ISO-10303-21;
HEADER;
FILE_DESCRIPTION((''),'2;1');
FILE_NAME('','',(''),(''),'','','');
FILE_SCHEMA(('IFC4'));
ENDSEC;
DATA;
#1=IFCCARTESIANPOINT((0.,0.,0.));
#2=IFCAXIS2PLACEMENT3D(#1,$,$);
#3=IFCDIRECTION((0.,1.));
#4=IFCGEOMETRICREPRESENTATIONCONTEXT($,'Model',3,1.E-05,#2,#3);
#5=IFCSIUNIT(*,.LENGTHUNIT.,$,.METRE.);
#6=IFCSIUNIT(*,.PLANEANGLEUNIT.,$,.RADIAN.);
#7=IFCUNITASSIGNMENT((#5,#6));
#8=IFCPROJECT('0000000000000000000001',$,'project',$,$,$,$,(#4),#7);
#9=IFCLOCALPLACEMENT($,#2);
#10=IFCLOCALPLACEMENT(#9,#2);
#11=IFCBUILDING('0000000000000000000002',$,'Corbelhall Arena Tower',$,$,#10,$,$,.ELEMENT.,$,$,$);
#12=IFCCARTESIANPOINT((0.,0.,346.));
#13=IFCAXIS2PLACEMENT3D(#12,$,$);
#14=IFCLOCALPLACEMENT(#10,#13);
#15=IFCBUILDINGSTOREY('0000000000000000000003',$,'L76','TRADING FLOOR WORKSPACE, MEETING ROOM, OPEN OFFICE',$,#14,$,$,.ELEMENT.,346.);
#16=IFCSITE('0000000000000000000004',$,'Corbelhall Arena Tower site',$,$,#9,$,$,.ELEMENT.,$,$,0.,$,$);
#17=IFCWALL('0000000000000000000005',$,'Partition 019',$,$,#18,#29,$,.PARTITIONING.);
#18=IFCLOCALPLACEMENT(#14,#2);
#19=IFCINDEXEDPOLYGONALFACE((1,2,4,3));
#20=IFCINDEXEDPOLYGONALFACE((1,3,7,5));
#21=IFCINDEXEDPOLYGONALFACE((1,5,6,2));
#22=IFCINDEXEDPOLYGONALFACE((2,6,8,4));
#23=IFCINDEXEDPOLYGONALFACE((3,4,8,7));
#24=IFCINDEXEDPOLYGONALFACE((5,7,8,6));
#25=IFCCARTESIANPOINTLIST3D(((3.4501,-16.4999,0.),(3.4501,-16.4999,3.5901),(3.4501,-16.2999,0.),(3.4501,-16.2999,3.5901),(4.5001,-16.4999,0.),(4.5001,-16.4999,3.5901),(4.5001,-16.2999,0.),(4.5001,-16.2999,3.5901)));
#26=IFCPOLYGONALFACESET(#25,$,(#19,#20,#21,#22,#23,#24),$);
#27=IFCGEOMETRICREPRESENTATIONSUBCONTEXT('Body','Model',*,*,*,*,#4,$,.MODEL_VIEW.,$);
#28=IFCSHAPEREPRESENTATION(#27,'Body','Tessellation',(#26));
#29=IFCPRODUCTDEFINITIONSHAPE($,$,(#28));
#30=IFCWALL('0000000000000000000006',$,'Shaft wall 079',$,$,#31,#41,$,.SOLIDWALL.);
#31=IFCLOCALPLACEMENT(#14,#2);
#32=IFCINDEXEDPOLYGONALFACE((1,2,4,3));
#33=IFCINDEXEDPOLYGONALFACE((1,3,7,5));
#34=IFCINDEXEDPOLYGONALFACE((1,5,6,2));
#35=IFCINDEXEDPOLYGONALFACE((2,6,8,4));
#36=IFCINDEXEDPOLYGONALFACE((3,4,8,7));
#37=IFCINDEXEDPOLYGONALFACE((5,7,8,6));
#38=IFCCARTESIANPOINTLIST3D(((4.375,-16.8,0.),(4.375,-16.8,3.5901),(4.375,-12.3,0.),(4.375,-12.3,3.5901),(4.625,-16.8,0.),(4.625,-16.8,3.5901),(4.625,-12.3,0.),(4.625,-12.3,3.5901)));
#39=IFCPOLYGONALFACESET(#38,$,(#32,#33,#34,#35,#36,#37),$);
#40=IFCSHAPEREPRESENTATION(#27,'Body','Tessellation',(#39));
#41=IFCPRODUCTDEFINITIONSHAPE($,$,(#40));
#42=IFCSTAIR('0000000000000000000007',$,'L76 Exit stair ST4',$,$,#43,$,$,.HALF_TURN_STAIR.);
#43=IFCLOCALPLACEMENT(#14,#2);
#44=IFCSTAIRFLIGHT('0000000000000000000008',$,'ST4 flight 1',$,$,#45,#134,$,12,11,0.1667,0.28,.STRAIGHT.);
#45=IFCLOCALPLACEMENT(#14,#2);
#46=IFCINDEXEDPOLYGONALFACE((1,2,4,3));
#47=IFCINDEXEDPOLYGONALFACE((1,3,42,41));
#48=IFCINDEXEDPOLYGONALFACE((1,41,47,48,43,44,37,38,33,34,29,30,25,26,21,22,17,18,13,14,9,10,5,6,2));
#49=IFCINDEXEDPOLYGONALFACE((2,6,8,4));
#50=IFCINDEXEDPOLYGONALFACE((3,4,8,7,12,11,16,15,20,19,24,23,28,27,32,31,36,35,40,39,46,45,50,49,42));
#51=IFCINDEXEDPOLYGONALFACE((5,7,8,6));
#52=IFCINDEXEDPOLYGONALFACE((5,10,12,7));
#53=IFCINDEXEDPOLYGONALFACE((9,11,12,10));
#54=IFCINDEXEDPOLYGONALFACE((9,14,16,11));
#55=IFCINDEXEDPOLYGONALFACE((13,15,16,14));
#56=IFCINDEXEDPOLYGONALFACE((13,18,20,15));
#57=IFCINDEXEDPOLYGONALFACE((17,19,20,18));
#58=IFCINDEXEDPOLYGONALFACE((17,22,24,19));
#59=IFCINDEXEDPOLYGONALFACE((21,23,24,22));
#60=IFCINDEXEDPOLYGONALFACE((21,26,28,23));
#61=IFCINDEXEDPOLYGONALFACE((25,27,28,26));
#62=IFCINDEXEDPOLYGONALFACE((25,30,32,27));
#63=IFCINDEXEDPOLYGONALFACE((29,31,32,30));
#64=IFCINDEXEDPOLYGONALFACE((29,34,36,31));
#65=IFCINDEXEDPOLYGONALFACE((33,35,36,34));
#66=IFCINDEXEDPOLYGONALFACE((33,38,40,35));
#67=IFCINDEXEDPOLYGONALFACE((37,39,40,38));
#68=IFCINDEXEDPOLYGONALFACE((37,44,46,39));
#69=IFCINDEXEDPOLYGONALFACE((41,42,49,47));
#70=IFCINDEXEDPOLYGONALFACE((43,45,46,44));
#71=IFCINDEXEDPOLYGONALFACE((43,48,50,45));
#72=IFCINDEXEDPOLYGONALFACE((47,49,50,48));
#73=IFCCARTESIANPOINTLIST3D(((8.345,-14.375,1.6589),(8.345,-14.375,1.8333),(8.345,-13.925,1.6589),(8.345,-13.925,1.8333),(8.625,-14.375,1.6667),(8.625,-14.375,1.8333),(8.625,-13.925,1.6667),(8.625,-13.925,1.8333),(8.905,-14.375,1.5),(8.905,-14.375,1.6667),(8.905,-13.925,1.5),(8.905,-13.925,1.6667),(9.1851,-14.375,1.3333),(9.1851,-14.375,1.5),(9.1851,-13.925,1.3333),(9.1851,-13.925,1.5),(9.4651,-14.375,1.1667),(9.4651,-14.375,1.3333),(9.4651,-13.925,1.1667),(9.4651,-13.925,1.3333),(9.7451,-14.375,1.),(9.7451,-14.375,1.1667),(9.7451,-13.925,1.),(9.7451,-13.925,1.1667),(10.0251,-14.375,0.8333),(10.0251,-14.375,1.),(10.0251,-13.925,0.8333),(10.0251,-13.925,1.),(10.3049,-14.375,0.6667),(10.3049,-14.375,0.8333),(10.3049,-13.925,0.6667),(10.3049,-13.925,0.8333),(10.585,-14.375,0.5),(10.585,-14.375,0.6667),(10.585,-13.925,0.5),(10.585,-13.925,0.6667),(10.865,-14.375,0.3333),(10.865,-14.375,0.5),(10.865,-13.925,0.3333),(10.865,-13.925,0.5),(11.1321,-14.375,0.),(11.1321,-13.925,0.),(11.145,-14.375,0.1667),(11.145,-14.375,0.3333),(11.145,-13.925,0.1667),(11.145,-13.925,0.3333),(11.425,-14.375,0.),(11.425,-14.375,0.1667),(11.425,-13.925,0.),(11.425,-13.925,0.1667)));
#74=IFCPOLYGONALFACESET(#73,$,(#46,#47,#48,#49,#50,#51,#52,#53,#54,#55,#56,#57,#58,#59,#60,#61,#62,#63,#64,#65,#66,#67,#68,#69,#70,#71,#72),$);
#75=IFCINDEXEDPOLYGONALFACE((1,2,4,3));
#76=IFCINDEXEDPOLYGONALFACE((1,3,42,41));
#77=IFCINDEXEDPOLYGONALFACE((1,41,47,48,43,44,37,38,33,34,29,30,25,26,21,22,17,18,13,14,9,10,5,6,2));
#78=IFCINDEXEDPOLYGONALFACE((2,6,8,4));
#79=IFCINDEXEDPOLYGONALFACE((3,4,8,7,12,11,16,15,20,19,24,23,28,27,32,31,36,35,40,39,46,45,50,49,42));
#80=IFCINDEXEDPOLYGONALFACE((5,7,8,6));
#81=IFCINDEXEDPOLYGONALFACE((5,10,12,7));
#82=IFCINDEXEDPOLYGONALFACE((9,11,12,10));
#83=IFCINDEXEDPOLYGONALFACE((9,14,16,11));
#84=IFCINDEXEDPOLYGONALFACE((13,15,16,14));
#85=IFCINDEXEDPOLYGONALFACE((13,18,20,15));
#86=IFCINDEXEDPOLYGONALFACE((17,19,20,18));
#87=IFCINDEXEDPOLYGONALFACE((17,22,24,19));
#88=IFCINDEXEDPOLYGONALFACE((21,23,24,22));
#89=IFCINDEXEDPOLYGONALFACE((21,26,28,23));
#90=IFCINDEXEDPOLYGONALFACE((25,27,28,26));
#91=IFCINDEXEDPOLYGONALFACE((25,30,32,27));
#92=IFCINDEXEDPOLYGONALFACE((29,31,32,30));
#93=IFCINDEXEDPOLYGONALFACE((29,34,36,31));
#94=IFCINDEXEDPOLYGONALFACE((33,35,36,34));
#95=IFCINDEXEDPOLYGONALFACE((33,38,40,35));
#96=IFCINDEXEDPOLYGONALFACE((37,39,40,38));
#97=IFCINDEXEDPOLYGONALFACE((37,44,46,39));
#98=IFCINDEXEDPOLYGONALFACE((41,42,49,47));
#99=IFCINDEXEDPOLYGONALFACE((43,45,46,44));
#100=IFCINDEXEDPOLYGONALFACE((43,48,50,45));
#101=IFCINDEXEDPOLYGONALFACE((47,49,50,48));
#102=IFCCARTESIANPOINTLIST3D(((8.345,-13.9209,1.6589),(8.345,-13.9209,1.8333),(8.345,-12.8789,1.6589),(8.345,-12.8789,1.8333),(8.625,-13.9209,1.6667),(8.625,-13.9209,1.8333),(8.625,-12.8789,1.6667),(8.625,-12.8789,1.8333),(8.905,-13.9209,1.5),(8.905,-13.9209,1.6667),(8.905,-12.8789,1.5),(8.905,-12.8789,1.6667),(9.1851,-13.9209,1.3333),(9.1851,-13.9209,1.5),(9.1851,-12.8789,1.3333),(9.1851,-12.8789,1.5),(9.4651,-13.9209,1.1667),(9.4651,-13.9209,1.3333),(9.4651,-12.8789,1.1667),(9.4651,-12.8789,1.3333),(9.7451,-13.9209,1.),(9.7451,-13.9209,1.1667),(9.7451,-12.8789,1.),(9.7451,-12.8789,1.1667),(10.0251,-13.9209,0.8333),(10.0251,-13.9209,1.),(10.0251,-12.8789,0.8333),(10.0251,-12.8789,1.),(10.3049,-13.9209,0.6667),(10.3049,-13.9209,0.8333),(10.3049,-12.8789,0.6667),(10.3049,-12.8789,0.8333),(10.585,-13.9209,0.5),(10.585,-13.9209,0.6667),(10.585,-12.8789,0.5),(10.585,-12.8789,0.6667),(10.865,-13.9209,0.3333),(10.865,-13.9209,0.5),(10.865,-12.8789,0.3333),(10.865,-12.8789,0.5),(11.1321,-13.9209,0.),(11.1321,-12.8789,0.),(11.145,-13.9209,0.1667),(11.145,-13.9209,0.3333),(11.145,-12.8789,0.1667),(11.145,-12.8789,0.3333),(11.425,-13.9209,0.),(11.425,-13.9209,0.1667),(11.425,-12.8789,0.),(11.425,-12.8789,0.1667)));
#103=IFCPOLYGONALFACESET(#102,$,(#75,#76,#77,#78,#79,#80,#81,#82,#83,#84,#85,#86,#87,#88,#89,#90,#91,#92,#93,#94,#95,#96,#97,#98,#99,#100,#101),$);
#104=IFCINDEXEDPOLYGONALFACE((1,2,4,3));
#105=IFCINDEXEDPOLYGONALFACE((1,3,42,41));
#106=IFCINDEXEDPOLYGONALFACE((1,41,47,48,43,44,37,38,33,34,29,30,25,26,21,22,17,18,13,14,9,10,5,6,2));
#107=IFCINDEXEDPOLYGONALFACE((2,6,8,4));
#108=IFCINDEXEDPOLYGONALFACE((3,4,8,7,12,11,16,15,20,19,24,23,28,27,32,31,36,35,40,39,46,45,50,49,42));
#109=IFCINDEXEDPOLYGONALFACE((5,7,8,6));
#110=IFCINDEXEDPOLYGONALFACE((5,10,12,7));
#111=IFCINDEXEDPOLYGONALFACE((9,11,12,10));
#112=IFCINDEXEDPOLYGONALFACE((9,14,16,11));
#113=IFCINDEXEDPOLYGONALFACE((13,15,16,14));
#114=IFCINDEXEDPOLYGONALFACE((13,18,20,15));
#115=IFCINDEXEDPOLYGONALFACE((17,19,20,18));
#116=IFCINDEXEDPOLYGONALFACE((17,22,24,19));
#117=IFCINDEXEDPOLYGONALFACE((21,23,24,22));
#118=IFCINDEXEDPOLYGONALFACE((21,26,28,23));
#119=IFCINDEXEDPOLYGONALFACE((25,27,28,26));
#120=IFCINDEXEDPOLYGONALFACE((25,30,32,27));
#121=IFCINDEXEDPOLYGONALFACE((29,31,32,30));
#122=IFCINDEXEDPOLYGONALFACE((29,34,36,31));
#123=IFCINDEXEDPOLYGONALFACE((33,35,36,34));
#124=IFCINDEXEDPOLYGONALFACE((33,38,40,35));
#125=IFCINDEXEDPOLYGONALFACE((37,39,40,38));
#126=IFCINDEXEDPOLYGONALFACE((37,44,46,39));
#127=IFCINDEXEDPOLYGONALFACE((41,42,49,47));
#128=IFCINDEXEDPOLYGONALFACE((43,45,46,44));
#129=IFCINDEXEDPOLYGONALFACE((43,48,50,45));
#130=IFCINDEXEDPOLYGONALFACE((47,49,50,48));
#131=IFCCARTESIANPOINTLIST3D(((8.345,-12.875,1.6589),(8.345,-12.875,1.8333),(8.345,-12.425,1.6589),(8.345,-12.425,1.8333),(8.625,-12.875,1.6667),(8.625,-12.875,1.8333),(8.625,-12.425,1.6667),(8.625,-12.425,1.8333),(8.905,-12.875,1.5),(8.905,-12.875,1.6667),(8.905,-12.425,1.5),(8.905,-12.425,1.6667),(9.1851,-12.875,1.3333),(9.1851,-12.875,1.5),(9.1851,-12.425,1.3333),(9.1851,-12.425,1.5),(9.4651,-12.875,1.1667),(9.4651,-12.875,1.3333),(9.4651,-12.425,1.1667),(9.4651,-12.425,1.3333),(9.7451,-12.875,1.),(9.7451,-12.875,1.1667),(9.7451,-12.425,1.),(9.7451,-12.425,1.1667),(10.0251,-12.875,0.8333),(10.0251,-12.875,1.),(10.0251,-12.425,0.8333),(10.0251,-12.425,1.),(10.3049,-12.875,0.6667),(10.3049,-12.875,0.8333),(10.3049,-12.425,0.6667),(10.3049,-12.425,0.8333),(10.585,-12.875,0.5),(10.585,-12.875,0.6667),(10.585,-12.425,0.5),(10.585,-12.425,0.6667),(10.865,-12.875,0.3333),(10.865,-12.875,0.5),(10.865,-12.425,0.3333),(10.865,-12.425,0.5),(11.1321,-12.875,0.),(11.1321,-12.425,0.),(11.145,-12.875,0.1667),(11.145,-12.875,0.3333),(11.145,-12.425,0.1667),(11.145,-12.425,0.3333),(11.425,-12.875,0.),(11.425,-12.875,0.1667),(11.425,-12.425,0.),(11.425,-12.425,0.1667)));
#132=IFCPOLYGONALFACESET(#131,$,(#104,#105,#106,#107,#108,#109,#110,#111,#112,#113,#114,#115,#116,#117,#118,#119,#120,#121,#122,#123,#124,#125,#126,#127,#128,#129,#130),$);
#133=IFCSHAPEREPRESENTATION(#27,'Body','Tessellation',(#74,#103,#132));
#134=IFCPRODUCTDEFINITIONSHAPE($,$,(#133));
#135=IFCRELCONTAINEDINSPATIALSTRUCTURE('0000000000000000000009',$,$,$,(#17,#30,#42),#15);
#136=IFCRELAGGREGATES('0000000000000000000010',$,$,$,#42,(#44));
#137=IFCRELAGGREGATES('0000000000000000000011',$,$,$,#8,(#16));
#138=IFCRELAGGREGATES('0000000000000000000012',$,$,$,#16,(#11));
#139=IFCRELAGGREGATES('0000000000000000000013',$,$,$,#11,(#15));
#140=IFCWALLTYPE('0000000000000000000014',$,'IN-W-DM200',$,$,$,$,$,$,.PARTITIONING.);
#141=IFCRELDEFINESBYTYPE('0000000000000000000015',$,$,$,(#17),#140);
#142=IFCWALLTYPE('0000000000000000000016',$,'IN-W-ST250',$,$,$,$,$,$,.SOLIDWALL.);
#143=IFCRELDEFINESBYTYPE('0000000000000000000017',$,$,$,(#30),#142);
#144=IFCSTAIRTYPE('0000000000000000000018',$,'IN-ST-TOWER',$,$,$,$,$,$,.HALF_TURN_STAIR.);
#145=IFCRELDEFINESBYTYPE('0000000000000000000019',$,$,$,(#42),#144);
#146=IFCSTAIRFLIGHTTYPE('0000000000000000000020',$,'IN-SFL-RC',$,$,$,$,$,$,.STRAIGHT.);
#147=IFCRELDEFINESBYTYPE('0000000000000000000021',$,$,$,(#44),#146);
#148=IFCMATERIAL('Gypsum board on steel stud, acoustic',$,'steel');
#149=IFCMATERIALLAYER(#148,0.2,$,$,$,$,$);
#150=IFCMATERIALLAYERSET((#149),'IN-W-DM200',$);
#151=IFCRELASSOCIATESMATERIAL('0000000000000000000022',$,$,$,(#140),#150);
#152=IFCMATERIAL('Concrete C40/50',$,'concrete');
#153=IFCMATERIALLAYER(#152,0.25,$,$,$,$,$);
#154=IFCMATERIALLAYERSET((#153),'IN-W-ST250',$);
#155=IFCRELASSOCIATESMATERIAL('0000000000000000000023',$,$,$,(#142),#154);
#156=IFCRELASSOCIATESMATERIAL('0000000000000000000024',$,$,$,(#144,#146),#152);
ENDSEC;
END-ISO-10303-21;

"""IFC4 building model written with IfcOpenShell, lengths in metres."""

from ifc_helpers import new_model, si_unit, direction, frame, frame_2d, origin, place, context, subcontext, project, spatial, polyline, rectangle, outline, extrude, material, layer, layer_set, type_object, element, aggregate, save


model = new_model("IFC4")

# Units and contexts
model_context = context("Model", 3, precision=1e-05, world=origin(), true_north=direction((0.0, 1.0)))
body_context = subcontext(model_context, "Body", "Model", "MODEL_VIEW")
ifc_project = project(units=[si_unit("LENGTHUNIT", "METRE"), si_unit("PLANEANGLEUNIT", "RADIAN")], contexts=[model_context])

# Site, building, storey
site_placement = place(None, origin())
site = spatial("IfcSite", under=ifc_project, at=site_placement, Name="Corbelhall Arena Tower site", CompositionType="ELEMENT", RefElevation=0.0)
building_placement = place(site_placement, origin())
building = spatial("IfcBuilding", under=site, at=building_placement, Name="Corbelhall Arena Tower", CompositionType="ELEMENT")
storey_placement = place(building_placement, frame((0.0, 0.0, 346.0)))
storey = spatial("IfcBuildingStorey", under=building, at=storey_placement, Name="L76", Description="TRADING FLOOR WORKSPACE, MEETING ROOM, OPEN OFFICE", CompositionType="ELEMENT", Elevation=346.0)

# Walls
ifc_material_1 = material(Name="Gypsum board on steel stud, acoustic", Category="steel")
ifc_layer_1 = layer(ifc_material_1, 0.2)
ifc_layer_set_1 = layer_set([ifc_layer_1], Name="IN-W-DM200")
wall_type_1 = type_object("IfcWallType", Name="IN-W-DM200", PredefinedType="PARTITIONING", material=ifc_layer_set_1)
wall_1_placement = place(storey_placement, frame((4.5, -16.3999, 0.0), z_axis=(0.0, 0.0, 1.0), x_axis=(-1.0, 0.0, 0.0)))
element("IfcWall", 1, at=wall_1_placement, inside=storey, type_object=wall_type_1, Name="Partition 019", PredefinedType="PARTITIONING", context=body_context, shape_type="SweptSolid", body=[
    extrude(rectangle(XDim=1.05, YDim=0.2, at=frame_2d((0.5249, 0.0))), origin(), (0.0, 0.0, 1.0), 3.5901),
])
ifc_material_2 = material(Name="Concrete C40/50", Category="concrete")
ifc_layer_2 = layer(ifc_material_2, 0.25)
ifc_layer_set_2 = layer_set([ifc_layer_2], Name="IN-W-ST250")
wall_type_2 = type_object("IfcWallType", Name="IN-W-ST250", PredefinedType="SOLIDWALL", material=ifc_layer_set_2)
wall_2_placement = place(storey_placement, frame((4.5, -16.8, 0.0), z_axis=(0.0, 0.0, 1.0), x_axis=(0.0, 1.0, 0.0)))
element("IfcWall", 2, at=wall_2_placement, inside=storey, type_object=wall_type_2, Name="Shaft wall 079", PredefinedType="SOLIDWALL", context=body_context, shape_type="SweptSolid", body=[
    extrude(rectangle(XDim=4.5, YDim=0.25, at=frame_2d((2.25, 0.0))), origin(), (0.0, 0.0, 1.0), 3.5901),
])

# Stair, stair flight
stair_type = type_object("IfcStairType", Name="IN-ST-TOWER", PredefinedType="HALF_TURN_STAIR", material=ifc_material_2)
stair_placement = place(storey_placement, origin())
stair = element("IfcStair", 3, at=stair_placement, inside=storey, type_object=stair_type, Name="L76 Exit stair ST4", PredefinedType="HALF_TURN_STAIR")
stair_flight_type = type_object("IfcStairFlightType", Name="IN-SFL-RC", PredefinedType="STRAIGHT", material=ifc_material_2)
stair_flight_1_placement = place(storey_placement, frame((11.425, -13.3999, 0.0), z_axis=(0.0, 0.0, 1.0), x_axis=(-1.0, 0.0, 0.0)))
stair_flight_1 = element("IfcStairFlight", 4, at=stair_flight_1_placement, type_object=stair_flight_type, Name="ST4 flight 1", NumberOfRisers=12, NumberOfTreads=11, PredefinedType="STRAIGHT", RiserHeight=0.1667, TreadLength=0.28, context=body_context, shape_type="SweptSolid", body=[
    extrude(outline(polyline([(0.0, 0.0), (0.0, 0.1667), (0.28, 0.1667), (0.28, 0.3333), (0.5601, 0.3333), (0.5601, 0.5), (0.8401, 0.5), (0.8401, 0.6667), (1.1201, 0.6667), (1.1201, 0.8333), (1.3999, 0.8333), (1.3999, 1.0), (1.6799, 1.0), (1.6799, 1.1667), (1.96, 1.1667), (1.96, 1.3333), (2.24, 1.3333), (2.24, 1.5), (2.52, 1.5), (2.52, 1.6667), (2.8, 1.6667), (2.8, 1.8333), (3.0801, 1.8333), (3.0801, 2.0), (3.0801, 1.6589), (0.293, 0.0), (0.0, 0.0)])), frame((0.0, 0.9751, 0.0), z_axis=(0.0, -1.0, 0.0), x_axis=(1.0, 0.0, 0.0)), (0.0, 0.0, 1.0), 0.45),
    extrude(outline(polyline([(0.0, 0.0), (0.0, 0.1667), (0.28, 0.1667), (0.28, 0.3333), (0.5601, 0.3333), (0.5601, 0.5), (0.8401, 0.5), (0.8401, 0.6667), (1.1201, 0.6667), (1.1201, 0.8333), (1.3999, 0.8333), (1.3999, 1.0), (1.6799, 1.0), (1.6799, 1.1667), (1.96, 1.1667), (1.96, 1.3333), (2.24, 1.3333), (2.24, 1.5), (2.52, 1.5), (2.52, 1.6667), (2.8, 1.6667), (2.8, 1.8333), (3.0801, 1.8333), (3.0801, 2.0), (3.0801, 1.6589), (0.293, 0.0), (0.0, 0.0)])), frame((0.0, 0.521, 0.0), z_axis=(0.0, -1.0, 0.0), x_axis=(1.0, 0.0, 0.0)), (0.0, 0.0, 1.0), 1.042),
    extrude(outline(polyline([(0.0, 0.0), (0.0, 0.1667), (0.28, 0.1667), (0.28, 0.3333), (0.5601, 0.3333), (0.5601, 0.5), (0.8401, 0.5), (0.8401, 0.6667), (1.1201, 0.6667), (1.1201, 0.8333), (1.3999, 0.8333), (1.3999, 1.0), (1.6799, 1.0), (1.6799, 1.1667), (1.96, 1.1667), (1.96, 1.3333), (2.24, 1.3333), (2.24, 1.5), (2.52, 1.5), (2.52, 1.6667), (2.8, 1.6667), (2.8, 1.8333), (3.0801, 1.8333), (3.0801, 2.0), (3.0801, 1.6589), (0.293, 0.0), (0.0, 0.0)])), frame((0.0, -0.5249, 0.0), z_axis=(0.0, -1.0, 0.0), x_axis=(1.0, 0.0, 0.0)), (0.0, 0.0, 1.0), 0.45),
])
aggregate(stair, [stair_flight_1])

save(model, "model.ifc")
